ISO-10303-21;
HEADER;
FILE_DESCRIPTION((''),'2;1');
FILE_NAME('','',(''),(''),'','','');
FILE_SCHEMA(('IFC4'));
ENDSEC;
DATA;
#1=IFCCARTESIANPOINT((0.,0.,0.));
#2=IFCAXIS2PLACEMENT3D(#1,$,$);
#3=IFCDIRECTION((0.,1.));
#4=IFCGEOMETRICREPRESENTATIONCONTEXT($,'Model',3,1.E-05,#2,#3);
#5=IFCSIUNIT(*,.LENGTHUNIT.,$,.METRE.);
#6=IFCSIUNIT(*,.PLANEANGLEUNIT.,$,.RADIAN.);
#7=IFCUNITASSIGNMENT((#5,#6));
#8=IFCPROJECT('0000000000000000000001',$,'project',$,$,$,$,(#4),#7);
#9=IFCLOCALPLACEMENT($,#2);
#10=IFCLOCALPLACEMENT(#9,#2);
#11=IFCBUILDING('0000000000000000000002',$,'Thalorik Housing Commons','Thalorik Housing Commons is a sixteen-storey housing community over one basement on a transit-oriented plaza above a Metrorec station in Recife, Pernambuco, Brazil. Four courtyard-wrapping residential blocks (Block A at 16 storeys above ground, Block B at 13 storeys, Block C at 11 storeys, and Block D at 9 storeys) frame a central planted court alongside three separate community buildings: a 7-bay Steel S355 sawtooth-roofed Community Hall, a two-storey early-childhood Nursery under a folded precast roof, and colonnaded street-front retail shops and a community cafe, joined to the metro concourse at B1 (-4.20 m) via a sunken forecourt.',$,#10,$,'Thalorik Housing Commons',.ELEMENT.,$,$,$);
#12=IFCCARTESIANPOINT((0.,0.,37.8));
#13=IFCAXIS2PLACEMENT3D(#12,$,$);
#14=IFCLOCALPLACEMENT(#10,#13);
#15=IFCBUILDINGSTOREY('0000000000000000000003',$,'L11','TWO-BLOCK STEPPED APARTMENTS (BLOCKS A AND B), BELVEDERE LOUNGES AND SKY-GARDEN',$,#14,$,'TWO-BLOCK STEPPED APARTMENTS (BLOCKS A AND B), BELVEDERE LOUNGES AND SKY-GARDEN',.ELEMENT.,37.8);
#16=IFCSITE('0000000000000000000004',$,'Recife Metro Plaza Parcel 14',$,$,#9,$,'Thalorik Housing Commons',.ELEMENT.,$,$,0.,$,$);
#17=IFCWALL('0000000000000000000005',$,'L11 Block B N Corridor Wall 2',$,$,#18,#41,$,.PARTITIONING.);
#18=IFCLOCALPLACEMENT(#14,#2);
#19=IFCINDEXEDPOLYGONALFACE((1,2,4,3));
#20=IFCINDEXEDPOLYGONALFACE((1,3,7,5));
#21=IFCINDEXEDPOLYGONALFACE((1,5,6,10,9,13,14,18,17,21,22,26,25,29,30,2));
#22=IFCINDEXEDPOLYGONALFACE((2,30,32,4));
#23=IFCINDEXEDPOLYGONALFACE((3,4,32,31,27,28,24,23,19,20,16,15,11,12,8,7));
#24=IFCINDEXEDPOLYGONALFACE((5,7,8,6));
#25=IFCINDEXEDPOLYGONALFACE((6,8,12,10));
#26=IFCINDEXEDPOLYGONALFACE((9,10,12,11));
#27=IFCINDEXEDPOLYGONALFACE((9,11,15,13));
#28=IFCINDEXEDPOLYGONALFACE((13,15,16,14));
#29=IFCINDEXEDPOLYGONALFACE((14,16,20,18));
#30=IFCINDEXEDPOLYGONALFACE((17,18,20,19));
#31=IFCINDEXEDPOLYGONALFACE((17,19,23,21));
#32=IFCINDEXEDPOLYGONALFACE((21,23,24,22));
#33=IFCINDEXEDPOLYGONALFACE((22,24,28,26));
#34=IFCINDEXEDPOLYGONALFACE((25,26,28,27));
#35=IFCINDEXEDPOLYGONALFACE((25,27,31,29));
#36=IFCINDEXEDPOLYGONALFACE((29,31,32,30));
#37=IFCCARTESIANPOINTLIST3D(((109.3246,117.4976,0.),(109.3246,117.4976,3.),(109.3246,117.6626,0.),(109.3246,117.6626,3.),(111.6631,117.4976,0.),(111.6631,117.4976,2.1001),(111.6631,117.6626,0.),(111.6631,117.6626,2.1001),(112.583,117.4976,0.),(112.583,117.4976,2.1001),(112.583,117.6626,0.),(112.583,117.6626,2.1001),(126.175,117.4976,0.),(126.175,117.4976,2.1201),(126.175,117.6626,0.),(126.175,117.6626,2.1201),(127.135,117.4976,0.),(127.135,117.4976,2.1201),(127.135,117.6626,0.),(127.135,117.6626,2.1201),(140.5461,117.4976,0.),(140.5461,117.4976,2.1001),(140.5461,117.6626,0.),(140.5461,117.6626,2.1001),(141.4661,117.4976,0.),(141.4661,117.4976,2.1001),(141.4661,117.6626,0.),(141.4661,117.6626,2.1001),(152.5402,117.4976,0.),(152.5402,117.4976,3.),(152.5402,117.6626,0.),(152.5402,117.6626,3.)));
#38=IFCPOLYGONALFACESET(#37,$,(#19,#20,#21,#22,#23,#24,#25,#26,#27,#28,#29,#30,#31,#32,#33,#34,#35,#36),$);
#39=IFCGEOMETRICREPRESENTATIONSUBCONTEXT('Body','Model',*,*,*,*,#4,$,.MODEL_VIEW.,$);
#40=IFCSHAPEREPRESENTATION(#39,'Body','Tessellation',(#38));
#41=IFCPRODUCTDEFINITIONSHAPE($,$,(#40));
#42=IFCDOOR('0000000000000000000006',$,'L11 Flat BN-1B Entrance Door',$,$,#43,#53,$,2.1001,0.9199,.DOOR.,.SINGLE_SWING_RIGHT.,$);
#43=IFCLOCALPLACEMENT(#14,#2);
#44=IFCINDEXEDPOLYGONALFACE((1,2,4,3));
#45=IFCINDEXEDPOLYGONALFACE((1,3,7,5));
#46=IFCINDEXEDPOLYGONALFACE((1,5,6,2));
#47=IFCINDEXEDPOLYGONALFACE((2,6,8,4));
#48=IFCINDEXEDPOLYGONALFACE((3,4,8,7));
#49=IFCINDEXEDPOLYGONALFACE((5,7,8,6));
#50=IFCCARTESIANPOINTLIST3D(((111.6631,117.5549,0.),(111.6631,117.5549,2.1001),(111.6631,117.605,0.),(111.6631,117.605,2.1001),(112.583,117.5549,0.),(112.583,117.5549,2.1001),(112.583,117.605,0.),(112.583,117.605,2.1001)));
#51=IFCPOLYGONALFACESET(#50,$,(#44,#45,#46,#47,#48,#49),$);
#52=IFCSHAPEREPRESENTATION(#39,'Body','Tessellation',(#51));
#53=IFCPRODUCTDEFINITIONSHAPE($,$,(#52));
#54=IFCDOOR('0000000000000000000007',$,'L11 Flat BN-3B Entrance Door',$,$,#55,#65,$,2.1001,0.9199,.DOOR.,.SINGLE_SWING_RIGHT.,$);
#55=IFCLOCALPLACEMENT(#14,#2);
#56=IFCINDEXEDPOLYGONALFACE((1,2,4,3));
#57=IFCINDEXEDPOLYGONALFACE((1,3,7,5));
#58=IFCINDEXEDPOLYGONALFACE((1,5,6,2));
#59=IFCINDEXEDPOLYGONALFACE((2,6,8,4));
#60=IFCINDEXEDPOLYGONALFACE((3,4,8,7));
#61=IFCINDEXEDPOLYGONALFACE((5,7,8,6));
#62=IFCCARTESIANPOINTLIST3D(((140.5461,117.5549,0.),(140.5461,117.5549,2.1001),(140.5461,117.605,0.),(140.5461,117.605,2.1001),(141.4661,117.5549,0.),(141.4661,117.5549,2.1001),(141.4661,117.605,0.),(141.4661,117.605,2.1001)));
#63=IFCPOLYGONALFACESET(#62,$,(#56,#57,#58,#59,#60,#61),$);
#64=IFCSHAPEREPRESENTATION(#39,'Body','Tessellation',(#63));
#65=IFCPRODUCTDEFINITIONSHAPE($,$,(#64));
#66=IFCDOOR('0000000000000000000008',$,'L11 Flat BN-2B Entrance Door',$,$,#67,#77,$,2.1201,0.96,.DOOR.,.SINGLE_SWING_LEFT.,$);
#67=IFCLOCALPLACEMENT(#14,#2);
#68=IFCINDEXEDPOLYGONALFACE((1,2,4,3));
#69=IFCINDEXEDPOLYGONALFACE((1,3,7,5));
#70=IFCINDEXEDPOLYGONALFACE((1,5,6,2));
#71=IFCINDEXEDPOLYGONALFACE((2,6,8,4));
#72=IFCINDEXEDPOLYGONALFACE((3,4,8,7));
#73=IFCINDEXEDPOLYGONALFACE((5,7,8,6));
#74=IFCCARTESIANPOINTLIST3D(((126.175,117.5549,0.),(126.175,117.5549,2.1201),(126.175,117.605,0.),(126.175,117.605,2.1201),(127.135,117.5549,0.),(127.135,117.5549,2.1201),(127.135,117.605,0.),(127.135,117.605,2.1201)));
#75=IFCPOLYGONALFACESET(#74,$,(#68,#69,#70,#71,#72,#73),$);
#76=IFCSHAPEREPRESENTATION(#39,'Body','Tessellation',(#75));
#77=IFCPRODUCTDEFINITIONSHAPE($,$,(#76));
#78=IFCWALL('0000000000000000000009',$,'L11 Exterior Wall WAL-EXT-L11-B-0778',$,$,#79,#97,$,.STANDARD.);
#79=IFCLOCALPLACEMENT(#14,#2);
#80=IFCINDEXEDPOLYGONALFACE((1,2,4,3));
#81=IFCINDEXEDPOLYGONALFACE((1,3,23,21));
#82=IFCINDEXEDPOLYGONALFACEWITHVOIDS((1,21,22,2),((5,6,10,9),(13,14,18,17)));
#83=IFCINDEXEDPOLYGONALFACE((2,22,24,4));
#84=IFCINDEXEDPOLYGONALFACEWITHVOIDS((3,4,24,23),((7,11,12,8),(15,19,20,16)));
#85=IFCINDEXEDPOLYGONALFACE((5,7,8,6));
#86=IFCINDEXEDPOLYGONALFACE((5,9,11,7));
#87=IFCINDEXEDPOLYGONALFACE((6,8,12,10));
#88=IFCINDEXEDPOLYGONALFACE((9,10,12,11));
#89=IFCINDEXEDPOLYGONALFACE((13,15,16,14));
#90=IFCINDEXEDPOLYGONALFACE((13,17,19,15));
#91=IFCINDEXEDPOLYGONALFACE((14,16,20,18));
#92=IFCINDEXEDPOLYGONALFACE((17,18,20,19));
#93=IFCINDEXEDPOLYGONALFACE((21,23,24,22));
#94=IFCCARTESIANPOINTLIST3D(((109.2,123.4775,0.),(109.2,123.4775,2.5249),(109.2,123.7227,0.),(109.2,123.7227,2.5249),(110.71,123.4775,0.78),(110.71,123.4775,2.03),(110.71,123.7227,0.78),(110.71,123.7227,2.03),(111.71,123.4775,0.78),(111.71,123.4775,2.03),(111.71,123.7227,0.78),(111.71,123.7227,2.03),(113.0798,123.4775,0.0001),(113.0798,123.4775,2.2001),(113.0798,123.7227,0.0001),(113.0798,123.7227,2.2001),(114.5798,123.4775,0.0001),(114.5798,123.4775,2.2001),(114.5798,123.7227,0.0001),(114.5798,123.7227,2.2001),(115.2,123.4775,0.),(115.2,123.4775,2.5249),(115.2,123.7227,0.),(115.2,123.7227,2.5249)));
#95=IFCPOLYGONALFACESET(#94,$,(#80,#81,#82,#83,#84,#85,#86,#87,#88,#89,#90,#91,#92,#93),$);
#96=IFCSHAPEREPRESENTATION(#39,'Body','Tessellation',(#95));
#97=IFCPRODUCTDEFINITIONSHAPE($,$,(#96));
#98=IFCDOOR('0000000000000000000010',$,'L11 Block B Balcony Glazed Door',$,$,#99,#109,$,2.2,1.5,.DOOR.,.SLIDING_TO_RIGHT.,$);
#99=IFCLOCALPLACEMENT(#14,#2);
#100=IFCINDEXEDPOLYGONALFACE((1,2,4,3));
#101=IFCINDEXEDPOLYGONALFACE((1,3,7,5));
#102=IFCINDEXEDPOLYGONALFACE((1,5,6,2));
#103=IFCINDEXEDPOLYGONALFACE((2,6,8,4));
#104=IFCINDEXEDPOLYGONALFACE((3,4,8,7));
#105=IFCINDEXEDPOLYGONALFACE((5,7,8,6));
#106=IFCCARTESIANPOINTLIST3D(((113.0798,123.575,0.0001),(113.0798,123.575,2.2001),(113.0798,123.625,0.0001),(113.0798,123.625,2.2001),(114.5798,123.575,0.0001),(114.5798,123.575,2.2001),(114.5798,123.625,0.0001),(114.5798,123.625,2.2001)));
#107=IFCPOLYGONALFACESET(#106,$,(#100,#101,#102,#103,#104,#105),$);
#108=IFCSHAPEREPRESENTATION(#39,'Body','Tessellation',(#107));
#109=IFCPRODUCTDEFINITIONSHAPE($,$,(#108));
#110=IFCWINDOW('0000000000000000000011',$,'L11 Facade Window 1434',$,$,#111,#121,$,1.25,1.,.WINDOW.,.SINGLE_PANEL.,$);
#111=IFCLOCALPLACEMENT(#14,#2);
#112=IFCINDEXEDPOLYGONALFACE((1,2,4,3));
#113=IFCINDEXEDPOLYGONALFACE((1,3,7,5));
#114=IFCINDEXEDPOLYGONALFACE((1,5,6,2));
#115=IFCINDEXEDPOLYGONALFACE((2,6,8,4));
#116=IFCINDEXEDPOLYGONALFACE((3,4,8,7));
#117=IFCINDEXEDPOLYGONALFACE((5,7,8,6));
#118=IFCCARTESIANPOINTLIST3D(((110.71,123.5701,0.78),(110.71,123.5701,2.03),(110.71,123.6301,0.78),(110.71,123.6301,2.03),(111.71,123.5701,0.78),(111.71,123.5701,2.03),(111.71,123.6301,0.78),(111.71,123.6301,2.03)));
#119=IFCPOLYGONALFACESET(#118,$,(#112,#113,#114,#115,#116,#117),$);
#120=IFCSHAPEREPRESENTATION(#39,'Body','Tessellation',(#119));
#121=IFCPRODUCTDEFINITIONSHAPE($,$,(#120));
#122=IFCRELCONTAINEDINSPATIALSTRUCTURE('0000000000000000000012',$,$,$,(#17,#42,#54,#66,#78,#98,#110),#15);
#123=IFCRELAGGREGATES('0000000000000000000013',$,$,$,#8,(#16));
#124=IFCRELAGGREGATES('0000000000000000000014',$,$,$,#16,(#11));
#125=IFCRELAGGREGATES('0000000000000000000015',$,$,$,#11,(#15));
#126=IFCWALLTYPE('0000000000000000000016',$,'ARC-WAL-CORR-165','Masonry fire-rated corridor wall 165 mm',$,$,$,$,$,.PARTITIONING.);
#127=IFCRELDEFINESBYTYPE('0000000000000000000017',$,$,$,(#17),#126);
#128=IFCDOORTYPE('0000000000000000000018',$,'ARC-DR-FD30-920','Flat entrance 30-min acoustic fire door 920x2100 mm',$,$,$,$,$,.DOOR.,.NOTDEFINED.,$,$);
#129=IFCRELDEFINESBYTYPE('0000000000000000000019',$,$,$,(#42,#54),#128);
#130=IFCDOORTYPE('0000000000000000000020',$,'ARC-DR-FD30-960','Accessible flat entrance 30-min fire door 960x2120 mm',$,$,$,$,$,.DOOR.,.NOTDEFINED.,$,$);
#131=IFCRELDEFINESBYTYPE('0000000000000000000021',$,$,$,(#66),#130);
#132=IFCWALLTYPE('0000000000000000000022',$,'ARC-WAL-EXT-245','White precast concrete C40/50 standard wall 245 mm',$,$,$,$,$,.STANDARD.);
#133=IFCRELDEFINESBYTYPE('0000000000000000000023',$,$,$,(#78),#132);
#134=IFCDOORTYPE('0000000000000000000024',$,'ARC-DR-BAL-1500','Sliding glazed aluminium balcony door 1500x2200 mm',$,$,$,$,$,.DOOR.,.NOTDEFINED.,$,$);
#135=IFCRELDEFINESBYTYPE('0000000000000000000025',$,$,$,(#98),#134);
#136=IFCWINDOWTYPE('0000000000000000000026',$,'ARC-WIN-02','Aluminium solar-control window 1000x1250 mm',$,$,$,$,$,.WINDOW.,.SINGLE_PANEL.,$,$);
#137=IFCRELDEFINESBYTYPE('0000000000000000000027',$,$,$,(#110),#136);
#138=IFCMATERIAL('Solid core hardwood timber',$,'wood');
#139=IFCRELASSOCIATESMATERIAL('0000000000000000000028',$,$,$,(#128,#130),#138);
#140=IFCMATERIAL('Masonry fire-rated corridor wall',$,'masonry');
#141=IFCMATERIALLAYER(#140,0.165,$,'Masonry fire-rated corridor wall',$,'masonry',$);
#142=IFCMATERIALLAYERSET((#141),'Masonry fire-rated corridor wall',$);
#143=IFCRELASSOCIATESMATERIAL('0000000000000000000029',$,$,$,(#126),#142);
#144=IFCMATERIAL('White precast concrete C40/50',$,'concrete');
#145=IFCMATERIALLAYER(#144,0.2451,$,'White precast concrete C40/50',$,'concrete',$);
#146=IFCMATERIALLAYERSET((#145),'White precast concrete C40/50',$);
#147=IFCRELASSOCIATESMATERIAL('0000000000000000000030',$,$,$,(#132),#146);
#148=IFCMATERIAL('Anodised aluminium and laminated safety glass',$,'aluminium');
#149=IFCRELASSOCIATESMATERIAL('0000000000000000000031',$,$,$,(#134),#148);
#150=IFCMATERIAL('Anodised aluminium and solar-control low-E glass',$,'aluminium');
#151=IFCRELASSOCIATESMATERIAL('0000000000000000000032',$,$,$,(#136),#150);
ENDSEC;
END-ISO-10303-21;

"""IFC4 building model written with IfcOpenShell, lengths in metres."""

from ifc_helpers import new_model, si_unit, direction, frame, frame_2d, origin, place, context, subcontext, project, spatial, rectangle, extrude, material, layer, layer_set, type_object, element, fill, save


model = new_model("IFC4")

# Units and contexts
model_context = context("Model", 3, precision=1e-05, world=origin(), true_north=direction((0.0, 1.0)))
body_context = subcontext(model_context, "Body", "Model", "MODEL_VIEW")
ifc_project = project(units=[si_unit("LENGTHUNIT", "METRE"), si_unit("PLANEANGLEUNIT", "RADIAN")], contexts=[model_context])

# Site, building, storey
site_placement = place(None, origin())
site = spatial("IfcSite", under=ifc_project, at=site_placement, Name="Recife Metro Plaza Parcel 14", LongName="Thalorik Housing Commons", CompositionType="ELEMENT", RefElevation=0.0)
building_placement = place(site_placement, origin())
building = spatial("IfcBuilding", under=site, at=building_placement, Name="Thalorik Housing Commons", Description="Thalorik Housing Commons is a sixteen-storey housing community over one basement on a transit-oriented plaza above a Metrorec station in Recife, Pernambuco, Brazil. Four courtyard-wrapping residential blocks (Block A at 16 storeys above ground, Block B at 13 storeys, Block C at 11 storeys, and Block D at 9 storeys) frame a central planted court alongside three separate community buildings: a 7-bay Steel S355 sawtooth-roofed Community Hall, a two-storey early-childhood Nursery under a folded precast roof, and colonnaded street-front retail shops and a community cafe, joined to the metro concourse at B1 (-4.20 m) via a sunken forecourt.", LongName="Thalorik Housing Commons", CompositionType="ELEMENT")
storey_placement = place(building_placement, frame((0.0, 0.0, 37.8)))
storey = spatial("IfcBuildingStorey", under=building, at=storey_placement, Name="L11", Description="TWO-BLOCK STEPPED APARTMENTS (BLOCKS A AND B), BELVEDERE LOUNGES AND SKY-GARDEN", LongName="TWO-BLOCK STEPPED APARTMENTS (BLOCKS A AND B), BELVEDERE LOUNGES AND SKY-GARDEN", CompositionType="ELEMENT", Elevation=37.8)

# Wall, openings, doors
ifc_material_1 = material(Name="Masonry fire-rated corridor wall", Category="masonry")
ifc_material_2 = material(Name="Solid core hardwood timber", Category="wood")
door_type_1 = type_object("IfcDoorType", Name="ARC-DR-FD30-920", Description="Flat entrance 30-min acoustic fire door 920x2100 mm", OperationType="NOTDEFINED", PredefinedType="DOOR", material=ifc_material_2)
ifc_layer_1 = layer(ifc_material_1, 0.165, Name="Masonry fire-rated corridor wall", Category="masonry")
ifc_layer_set_1 = layer_set([ifc_layer_1], Name="Masonry fire-rated corridor wall")
wall_type_1 = type_object("IfcWallType", Name="ARC-WAL-CORR-165", Description="Masonry fire-rated corridor wall 165 mm", PredefinedType="PARTITIONING", material=ifc_layer_set_1)
wall_1_placement = place(storey_placement, frame((109.3245, 117.5801, 0.0), z_axis=(0.0, 0.0, 1.0), x_axis=(1.0, 0.0, 0.0)))
wall_1 = element("IfcWall", 1, at=wall_1_placement, inside=storey, type_object=wall_type_1, Name="L11 Block B N Corridor Wall 2", PredefinedType="PARTITIONING", context=body_context, shape_type="SweptSolid", body=[
    extrude(rectangle(XDim=43.2156, YDim=0.165, at=frame_2d((21.6079, 0.0))), origin(), (0.0, 0.0, 1.0), 3.0),
])
opening_1_placement = place(wall_1_placement, frame((2.3386, 0.0, 0.0)))
opening_1 = element("IfcOpeningElement", 2, at=opening_1_placement, cuts=wall_1, PredefinedType="OPENING", context=body_context, shape_type="SweptSolid", body=[
    extrude(rectangle(XDim=0.9199, YDim=2.1001, at=frame_2d((0.46, 1.05))), frame((0.0, 0.0925, 0.0), z_axis=(0.0, -1.0, 0.0), x_axis=(1.0, 0.0, 0.0)), (0.0, 0.0, 1.0), 0.1851),
])
opening_2_placement = place(wall_1_placement, frame((16.8506, 0.0, 0.0)))
opening_2 = element("IfcOpeningElement", 3, at=opening_2_placement, cuts=wall_1, PredefinedType="OPENING", context=body_context, shape_type="SweptSolid", body=[
    extrude(rectangle(XDim=0.96, YDim=2.1201, at=frame_2d((0.48, 1.0601))), frame((0.0, 0.0925, 0.0), z_axis=(0.0, -1.0, 0.0), x_axis=(1.0, 0.0, 0.0)), (0.0, 0.0, 1.0), 0.1851),
])
opening_3_placement = place(wall_1_placement, frame((31.2217, 0.0, 0.0)))
opening_3 = element("IfcOpeningElement", 4, at=opening_3_placement, cuts=wall_1, PredefinedType="OPENING", context=body_context, shape_type="SweptSolid", body=[
    extrude(rectangle(XDim=0.9199, YDim=2.1001, at=frame_2d((0.46, 1.05))), frame((0.0, 0.0925, 0.0), z_axis=(0.0, -1.0, 0.0), x_axis=(1.0, 0.0, 0.0)), (0.0, 0.0, 1.0), 0.1851),
])
door_1_placement = place(opening_1_placement, origin())
door_1 = element("IfcDoor", 5, at=door_1_placement, inside=storey, type_object=door_type_1, Name="L11 Flat BN-1B Entrance Door", OperationType="SINGLE_SWING_RIGHT", OverallHeight=2.1001, OverallWidth=0.9199, PredefinedType="DOOR", context=body_context, shape_type="SweptSolid", body=[
    extrude(rectangle(XDim=0.9199, YDim=2.1001, at=frame_2d((0.46, 1.05))), frame((0.0, 0.0249, 0.0), z_axis=(0.0, -1.0, 0.0), x_axis=(1.0, 0.0, 0.0)), (0.0, 0.0, 1.0), 0.05),
])
fill(opening_1, door_1)
door_2_placement = place(opening_3_placement, origin())
door_2 = element("IfcDoor", 6, at=door_2_placement, inside=storey, type_object=door_type_1, Name="L11 Flat BN-3B Entrance Door", OperationType="SINGLE_SWING_RIGHT", OverallHeight=2.1001, OverallWidth=0.9199, PredefinedType="DOOR", context=body_context, shape_type="SweptSolid", body=[
    extrude(rectangle(XDim=0.9199, YDim=2.1001, at=frame_2d((0.46, 1.05))), frame((0.0, 0.0249, 0.0), z_axis=(0.0, -1.0, 0.0), x_axis=(1.0, 0.0, 0.0)), (0.0, 0.0, 1.0), 0.05),
])
fill(opening_3, door_2)
door_type_2 = type_object("IfcDoorType", Name="ARC-DR-FD30-960", Description="Accessible flat entrance 30-min fire door 960x2120 mm", OperationType="NOTDEFINED", PredefinedType="DOOR", material=ifc_material_2)
door_3_placement = place(opening_2_placement, origin())
door_3 = element("IfcDoor", 7, at=door_3_placement, inside=storey, type_object=door_type_2, Name="L11 Flat BN-2B Entrance Door", OperationType="SINGLE_SWING_LEFT", OverallHeight=2.1201, OverallWidth=0.96, PredefinedType="DOOR", context=body_context, shape_type="SweptSolid", body=[
    extrude(rectangle(XDim=0.96, YDim=2.1201, at=frame_2d((0.48, 1.0601))), frame((0.0, 0.0249, 0.0), z_axis=(0.0, -1.0, 0.0), x_axis=(1.0, 0.0, 0.0)), (0.0, 0.0, 1.0), 0.05),
])
fill(opening_2, door_3)

# Wall, openings, door, window
ifc_material_3 = material(Name="White precast concrete C40/50", Category="concrete")
ifc_layer_2 = layer(ifc_material_3, 0.2451, Name="White precast concrete C40/50", Category="concrete")
ifc_layer_set_2 = layer_set([ifc_layer_2], Name="White precast concrete C40/50")
wall_type_2 = type_object("IfcWallType", Name="ARC-WAL-EXT-245", Description="White precast concrete C40/50 standard wall 245 mm", PredefinedType="STANDARD", material=ifc_layer_set_2)
wall_2_placement = place(storey_placement, frame((115.2, 123.6001, 0.0), z_axis=(0.0, 0.0, 1.0), x_axis=(-1.0, 0.0, 0.0)))
wall_2 = element("IfcWall", 8, at=wall_2_placement, inside=storey, type_object=wall_type_2, Name="L11 Exterior Wall WAL-EXT-L11-B-0778", PredefinedType="STANDARD", context=body_context, shape_type="SweptSolid", body=[
    extrude(rectangle(XDim=6.0, YDim=0.2451, at=frame_2d((3.0, 0.0))), origin(), (0.0, 0.0, 1.0), 2.5249),
])
opening_4_placement = place(wall_2_placement, frame((0.6201, 0.0, 0.0)))
opening_4 = element("IfcOpeningElement", 9, at=opening_4_placement, cuts=wall_2, PredefinedType="OPENING", context=body_context, shape_type="SweptSolid", body=[
    extrude(rectangle(XDim=1.5, YDim=2.2, at=frame_2d((0.75, 1.1001))), frame((0.0, 0.1326, 0.0), z_axis=(0.0, -1.0, 0.0), x_axis=(1.0, 0.0, 0.0)), (0.0, 0.0, 1.0), 0.2651),
])
opening_5_placement = place(wall_2_placement, frame((3.49, 0.0, 0.78)))
opening_5 = element("IfcOpeningElement", 10, at=opening_5_placement, cuts=wall_2, PredefinedType="OPENING", context=body_context, shape_type="SweptSolid", body=[
    extrude(rectangle(XDim=1.0, YDim=1.25, at=frame_2d((0.5, 0.625))), frame((0.0, 0.1326, 0.0), z_axis=(0.0, -1.0, 0.0), x_axis=(1.0, 0.0, 0.0)), (0.0, 0.0, 1.0), 0.2651),
])
ifc_material_4 = material(Name="Anodised aluminium and laminated safety glass", Category="aluminium")
door_type_3 = type_object("IfcDoorType", Name="ARC-DR-BAL-1500", Description="Sliding glazed aluminium balcony door 1500x2200 mm", OperationType="NOTDEFINED", PredefinedType="DOOR", material=ifc_material_4)
door_4_placement = place(opening_4_placement, frame((1.5, 0.0, 0.0), z_axis=(0.0, 0.0, 1.0), x_axis=(-1.0, 0.0, 0.0)))
door_4 = element("IfcDoor", 11, at=door_4_placement, inside=storey, type_object=door_type_3, Name="L11 Block B Balcony Glazed Door", OperationType="SLIDING_TO_RIGHT", OverallHeight=2.2, OverallWidth=1.5, PredefinedType="DOOR", context=body_context, shape_type="SweptSolid", body=[
    extrude(rectangle(XDim=1.5, YDim=2.2, at=frame_2d((0.75, 1.1001))), frame((0.0, 0.0249, 0.0), z_axis=(0.0, -1.0, 0.0), x_axis=(1.0, 0.0, 0.0)), (0.0, 0.0, 1.0), 0.05),
])
fill(opening_4, door_4)
ifc_material_5 = material(Name="Anodised aluminium and solar-control low-E glass", Category="aluminium")
window_type = type_object("IfcWindowType", Name="ARC-WIN-02", Description="Aluminium solar-control window 1000x1250 mm", PartitioningType="SINGLE_PANEL", PredefinedType="WINDOW", material=ifc_material_5)
window_placement = place(opening_5_placement, origin())
window = element("IfcWindow", 12, at=window_placement, inside=storey, type_object=window_type, Name="L11 Facade Window 1434", OverallHeight=1.25, OverallWidth=1.0, PartitioningType="SINGLE_PANEL", PredefinedType="WINDOW", context=body_context, shape_type="SweptSolid", body=[
    extrude(rectangle(XDim=1.0, YDim=1.25, at=frame_2d((0.5, 0.625))), frame((0.0, 0.03, 0.0), z_axis=(0.0, -1.0, 0.0), x_axis=(1.0, 0.0, 0.0)), (0.0, 0.0, 1.0), 0.0601),
])
fill(opening_5, window)

save(model, "model.ifc")
